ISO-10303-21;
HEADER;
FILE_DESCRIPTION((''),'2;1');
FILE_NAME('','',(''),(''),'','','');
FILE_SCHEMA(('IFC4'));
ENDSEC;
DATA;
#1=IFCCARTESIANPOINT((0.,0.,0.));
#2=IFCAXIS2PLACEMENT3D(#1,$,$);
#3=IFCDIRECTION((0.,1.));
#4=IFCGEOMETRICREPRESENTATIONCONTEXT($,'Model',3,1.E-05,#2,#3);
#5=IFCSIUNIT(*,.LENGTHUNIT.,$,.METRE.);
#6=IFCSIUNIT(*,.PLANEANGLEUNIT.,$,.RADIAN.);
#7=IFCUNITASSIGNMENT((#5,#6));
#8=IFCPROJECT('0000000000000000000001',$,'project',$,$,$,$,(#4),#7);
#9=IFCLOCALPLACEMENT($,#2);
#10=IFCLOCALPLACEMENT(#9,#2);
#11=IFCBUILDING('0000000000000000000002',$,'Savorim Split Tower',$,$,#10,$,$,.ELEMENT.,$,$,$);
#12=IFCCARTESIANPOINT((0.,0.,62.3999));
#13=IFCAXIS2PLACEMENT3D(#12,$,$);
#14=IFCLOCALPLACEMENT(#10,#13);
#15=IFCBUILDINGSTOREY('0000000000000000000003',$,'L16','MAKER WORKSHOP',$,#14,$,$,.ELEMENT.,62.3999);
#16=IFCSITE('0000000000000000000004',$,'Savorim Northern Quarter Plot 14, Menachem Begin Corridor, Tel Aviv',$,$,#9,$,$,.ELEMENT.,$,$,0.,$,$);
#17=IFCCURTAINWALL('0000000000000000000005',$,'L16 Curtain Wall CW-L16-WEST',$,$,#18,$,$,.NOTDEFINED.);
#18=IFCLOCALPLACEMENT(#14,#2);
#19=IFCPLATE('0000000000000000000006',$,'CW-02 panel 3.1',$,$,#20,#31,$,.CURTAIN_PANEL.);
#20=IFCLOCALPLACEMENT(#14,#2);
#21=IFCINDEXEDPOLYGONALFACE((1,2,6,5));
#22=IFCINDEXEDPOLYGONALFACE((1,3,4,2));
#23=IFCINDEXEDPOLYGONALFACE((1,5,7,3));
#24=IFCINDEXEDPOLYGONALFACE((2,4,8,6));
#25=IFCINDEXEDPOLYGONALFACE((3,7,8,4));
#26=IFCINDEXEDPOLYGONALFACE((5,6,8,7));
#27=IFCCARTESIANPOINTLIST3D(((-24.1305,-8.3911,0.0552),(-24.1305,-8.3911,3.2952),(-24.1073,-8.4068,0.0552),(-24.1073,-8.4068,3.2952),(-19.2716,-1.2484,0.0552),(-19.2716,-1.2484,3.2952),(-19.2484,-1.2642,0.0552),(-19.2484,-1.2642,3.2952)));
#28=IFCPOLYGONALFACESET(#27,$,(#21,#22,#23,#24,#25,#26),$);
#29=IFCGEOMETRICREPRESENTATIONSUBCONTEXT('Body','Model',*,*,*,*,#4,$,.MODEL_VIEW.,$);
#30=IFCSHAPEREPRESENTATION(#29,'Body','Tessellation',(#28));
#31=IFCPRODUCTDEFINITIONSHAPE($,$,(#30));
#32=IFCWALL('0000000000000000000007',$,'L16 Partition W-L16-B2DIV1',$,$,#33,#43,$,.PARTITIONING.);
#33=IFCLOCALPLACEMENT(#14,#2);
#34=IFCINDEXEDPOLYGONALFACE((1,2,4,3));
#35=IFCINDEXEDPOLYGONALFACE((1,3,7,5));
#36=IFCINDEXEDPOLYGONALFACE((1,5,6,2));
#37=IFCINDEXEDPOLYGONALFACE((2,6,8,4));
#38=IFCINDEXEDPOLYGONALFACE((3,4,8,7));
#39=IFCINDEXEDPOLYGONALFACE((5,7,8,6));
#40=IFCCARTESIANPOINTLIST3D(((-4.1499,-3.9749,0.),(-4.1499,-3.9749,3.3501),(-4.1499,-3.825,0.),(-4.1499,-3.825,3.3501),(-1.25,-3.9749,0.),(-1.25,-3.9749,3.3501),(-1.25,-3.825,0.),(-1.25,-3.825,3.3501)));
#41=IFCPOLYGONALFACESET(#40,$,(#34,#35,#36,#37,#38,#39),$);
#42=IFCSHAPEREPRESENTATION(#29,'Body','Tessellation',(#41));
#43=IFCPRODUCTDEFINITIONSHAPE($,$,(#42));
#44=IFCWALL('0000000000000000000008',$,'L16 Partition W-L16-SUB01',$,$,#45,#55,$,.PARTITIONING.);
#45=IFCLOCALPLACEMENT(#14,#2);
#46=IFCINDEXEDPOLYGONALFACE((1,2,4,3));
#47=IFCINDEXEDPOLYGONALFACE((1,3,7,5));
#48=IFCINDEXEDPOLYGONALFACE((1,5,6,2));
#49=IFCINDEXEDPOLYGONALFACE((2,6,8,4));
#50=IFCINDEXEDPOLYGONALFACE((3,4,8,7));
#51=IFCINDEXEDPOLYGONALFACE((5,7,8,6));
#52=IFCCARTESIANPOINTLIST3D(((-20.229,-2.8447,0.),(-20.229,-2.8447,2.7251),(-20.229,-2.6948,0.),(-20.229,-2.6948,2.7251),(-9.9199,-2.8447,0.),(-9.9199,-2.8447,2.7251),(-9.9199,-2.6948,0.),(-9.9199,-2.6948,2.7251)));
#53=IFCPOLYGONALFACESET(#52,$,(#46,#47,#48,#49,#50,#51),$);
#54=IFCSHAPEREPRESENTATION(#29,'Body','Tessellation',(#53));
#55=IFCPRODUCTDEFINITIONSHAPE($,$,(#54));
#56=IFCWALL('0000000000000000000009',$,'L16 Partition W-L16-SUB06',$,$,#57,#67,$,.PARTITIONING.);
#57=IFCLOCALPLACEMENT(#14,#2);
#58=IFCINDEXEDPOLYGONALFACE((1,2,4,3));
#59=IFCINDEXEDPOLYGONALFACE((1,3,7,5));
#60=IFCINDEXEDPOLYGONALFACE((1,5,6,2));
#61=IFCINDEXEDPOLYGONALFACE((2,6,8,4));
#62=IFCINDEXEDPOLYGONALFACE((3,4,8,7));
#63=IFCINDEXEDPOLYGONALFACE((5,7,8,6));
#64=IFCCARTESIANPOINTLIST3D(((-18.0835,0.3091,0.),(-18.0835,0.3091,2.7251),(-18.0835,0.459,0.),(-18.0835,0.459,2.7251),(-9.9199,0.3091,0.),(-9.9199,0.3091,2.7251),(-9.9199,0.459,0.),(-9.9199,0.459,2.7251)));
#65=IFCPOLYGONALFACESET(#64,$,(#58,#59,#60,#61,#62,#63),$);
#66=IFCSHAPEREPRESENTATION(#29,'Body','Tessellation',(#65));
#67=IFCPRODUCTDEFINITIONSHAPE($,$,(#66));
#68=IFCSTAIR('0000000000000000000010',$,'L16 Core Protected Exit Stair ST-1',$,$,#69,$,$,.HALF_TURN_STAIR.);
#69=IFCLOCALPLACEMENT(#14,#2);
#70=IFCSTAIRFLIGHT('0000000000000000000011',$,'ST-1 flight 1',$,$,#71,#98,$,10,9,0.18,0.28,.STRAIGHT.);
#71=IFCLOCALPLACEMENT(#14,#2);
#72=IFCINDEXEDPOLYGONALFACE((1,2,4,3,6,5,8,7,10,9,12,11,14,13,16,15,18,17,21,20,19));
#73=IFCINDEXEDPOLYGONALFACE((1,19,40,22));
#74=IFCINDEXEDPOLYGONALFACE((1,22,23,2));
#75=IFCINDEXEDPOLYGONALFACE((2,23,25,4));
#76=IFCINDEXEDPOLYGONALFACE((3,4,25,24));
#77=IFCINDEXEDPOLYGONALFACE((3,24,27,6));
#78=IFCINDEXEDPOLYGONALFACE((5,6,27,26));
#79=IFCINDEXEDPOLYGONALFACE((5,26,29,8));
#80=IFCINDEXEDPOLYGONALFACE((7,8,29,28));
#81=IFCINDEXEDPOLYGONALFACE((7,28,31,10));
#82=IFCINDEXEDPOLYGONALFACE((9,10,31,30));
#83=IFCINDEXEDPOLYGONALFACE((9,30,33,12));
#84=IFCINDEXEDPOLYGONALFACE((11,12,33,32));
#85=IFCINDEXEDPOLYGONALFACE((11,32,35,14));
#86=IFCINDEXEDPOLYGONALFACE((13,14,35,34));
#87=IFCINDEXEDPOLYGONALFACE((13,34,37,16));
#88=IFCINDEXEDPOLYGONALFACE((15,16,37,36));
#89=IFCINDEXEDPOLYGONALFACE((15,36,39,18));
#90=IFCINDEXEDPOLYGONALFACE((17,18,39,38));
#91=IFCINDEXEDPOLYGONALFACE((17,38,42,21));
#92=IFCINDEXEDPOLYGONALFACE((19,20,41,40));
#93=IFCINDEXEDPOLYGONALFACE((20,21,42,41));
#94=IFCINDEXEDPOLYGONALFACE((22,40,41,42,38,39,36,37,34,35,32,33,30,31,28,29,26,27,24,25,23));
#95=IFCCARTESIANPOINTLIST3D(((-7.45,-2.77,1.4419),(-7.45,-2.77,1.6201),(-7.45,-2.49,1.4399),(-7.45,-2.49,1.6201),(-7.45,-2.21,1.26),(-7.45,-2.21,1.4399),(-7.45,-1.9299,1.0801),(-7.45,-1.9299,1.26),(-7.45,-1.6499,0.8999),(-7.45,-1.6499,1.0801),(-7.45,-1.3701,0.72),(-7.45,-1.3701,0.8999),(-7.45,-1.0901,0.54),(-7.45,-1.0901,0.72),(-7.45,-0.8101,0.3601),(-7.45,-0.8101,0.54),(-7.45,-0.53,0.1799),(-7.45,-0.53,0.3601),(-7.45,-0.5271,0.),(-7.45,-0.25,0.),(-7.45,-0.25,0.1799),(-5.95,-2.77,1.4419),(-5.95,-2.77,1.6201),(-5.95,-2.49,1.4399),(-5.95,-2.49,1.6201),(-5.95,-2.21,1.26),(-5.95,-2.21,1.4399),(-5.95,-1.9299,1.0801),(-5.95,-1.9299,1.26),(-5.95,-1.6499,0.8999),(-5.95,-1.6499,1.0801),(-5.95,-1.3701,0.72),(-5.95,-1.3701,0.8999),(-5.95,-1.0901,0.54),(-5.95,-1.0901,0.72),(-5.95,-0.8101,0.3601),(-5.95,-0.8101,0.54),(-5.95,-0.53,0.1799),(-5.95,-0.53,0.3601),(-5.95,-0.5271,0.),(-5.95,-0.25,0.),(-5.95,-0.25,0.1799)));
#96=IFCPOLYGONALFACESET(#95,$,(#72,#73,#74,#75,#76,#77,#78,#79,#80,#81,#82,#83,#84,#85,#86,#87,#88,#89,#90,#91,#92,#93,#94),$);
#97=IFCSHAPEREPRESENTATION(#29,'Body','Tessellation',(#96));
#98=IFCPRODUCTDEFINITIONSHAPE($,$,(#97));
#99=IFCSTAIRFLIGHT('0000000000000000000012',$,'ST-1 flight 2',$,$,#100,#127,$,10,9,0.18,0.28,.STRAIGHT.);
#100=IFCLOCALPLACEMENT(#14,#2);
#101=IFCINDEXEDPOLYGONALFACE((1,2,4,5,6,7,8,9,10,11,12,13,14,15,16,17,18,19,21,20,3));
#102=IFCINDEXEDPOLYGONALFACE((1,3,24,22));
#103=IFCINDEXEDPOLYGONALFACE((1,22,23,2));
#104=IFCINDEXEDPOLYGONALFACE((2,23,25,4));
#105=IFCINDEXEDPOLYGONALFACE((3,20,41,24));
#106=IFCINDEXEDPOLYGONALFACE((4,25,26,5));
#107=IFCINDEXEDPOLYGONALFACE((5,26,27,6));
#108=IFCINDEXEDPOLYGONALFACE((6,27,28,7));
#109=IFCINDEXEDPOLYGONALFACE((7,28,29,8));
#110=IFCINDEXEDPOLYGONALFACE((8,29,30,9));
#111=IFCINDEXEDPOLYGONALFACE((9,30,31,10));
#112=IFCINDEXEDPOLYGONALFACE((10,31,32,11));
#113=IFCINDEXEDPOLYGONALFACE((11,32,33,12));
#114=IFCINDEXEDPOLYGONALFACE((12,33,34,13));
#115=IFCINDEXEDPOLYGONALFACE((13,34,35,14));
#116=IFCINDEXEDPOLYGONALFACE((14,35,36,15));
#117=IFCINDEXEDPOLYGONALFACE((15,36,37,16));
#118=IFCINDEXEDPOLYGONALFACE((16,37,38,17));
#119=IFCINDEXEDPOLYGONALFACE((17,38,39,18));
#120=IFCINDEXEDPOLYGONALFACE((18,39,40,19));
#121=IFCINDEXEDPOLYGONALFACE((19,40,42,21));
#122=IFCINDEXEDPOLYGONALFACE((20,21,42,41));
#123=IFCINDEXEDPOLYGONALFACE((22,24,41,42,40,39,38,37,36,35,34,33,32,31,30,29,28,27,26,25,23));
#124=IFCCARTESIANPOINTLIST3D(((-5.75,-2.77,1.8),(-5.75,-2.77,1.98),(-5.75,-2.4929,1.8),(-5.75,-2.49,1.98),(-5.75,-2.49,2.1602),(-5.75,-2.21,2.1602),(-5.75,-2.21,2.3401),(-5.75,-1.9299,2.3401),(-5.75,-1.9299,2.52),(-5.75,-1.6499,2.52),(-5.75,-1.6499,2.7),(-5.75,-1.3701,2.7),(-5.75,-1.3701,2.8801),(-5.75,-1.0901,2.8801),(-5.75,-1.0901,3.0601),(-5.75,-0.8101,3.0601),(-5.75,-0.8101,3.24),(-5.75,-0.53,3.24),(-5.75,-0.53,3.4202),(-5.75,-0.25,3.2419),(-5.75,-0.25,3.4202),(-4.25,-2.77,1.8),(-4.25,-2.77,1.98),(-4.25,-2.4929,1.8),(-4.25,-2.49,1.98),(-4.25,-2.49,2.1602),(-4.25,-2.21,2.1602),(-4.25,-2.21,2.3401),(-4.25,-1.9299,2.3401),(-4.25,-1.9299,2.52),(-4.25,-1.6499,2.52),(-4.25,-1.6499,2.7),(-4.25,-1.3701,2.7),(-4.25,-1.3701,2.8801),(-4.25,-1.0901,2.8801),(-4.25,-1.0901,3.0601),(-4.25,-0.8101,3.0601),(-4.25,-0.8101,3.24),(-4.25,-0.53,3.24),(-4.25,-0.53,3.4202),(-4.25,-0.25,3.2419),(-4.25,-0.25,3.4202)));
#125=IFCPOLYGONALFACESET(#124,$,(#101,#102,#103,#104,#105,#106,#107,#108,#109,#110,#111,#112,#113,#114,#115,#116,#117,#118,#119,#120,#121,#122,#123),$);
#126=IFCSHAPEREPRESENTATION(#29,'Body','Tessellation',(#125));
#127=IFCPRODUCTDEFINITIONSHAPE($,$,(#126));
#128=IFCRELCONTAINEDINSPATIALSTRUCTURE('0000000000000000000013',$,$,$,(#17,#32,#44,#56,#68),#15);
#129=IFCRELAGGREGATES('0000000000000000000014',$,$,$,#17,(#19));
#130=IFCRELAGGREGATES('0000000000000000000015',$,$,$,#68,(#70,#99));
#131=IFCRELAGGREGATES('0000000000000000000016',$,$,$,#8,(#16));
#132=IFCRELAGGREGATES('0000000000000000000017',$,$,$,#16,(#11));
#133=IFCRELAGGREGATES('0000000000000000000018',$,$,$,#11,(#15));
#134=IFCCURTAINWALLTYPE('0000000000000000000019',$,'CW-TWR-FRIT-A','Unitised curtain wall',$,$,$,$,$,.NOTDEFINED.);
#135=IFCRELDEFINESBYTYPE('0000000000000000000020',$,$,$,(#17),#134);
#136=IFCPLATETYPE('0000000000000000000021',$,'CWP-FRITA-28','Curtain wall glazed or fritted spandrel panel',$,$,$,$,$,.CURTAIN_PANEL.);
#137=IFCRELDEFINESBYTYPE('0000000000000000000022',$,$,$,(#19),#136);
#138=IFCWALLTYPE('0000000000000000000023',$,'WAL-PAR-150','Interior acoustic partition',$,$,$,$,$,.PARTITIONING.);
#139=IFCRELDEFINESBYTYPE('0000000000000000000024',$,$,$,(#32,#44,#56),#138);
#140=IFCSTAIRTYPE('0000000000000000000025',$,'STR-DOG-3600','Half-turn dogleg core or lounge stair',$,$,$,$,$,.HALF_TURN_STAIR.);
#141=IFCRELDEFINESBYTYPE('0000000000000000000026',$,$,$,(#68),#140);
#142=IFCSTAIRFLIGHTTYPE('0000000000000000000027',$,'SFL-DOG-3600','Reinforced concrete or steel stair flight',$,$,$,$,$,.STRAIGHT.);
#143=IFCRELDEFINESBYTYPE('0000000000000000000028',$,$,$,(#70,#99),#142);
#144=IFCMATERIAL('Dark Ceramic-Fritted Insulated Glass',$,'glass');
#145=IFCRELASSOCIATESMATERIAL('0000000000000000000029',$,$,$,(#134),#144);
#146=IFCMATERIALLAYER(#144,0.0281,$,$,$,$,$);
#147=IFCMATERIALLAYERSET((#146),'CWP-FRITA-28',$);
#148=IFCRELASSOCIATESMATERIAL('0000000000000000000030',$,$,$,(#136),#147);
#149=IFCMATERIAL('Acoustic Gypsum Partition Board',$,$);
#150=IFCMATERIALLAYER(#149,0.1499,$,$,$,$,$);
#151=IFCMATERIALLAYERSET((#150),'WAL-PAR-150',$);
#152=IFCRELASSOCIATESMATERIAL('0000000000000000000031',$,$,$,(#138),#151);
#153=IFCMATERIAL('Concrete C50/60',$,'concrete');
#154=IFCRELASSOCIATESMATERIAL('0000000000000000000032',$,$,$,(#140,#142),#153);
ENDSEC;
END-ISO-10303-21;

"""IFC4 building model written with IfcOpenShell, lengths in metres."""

from ifc_helpers import new_model, si_unit, direction, frame, frame_2d, origin, origin_2d, place, context, subcontext, project, spatial, polyline, rectangle, outline, extrude, material, layer, layer_set, type_object, element, aggregate, save


model = new_model("IFC4")

# Units and contexts
model_context = context("Model", 3, precision=1e-05, world=origin(), true_north=direction((0.0, 1.0)))
body_context = subcontext(model_context, "Body", "Model", "MODEL_VIEW")
ifc_project = project(units=[si_unit("LENGTHUNIT", "METRE"), si_unit("PLANEANGLEUNIT", "RADIAN")], contexts=[model_context])

# Site, building, storey
site_placement = place(None, origin())
site = spatial("IfcSite", under=ifc_project, at=site_placement, Name="Savorim Northern Quarter Plot 14, Menachem Begin Corridor, Tel Aviv", CompositionType="ELEMENT", RefElevation=0.0)
building_placement = place(site_placement, origin())
building = spatial("IfcBuilding", under=site, at=building_placement, Name="Savorim Split Tower", CompositionType="ELEMENT")
storey_placement = place(building_placement, frame((0.0, 0.0, 62.3999)))
storey = spatial("IfcBuildingStorey", under=building, at=storey_placement, Name="L16", Description="MAKER WORKSHOP", CompositionType="ELEMENT", Elevation=62.3999)

# Curtain wall, plate
ifc_material_1 = material(Name="Dark Ceramic-Fritted Insulated Glass", Category="glass")
curtain_wall_type = type_object("IfcCurtainWallType", Name="CW-TWR-FRIT-A", Description="Unitised curtain wall", PredefinedType="NOTDEFINED", material=ifc_material_1)
curtain_wall_placement = place(storey_placement, origin())
curtain_wall = element("IfcCurtainWall", 1, at=curtain_wall_placement, inside=storey, type_object=curtain_wall_type, Name="L16 Curtain Wall CW-L16-WEST", PredefinedType="NOTDEFINED")
ifc_layer_1 = layer(ifc_material_1, 0.0281)
ifc_layer_set_1 = layer_set([ifc_layer_1], Name="CWP-FRITA-28")
plate_type = type_object("IfcPlateType", Name="CWP-FRITA-28", Description="Curtain wall glazed or fritted spandrel panel", PredefinedType="CURTAIN_PANEL", material=ifc_layer_set_1)
plate_placement = place(storey_placement, frame((-21.6895, -4.8276, 0.0552), z_axis=(0.0, 0.0, 1.0), x_axis=(-0.562466, -0.82682, 0.0)))
plate = element("IfcPlate", 2, at=plate_placement, type_object=plate_type, Name="CW-02 panel 3.1", PredefinedType="CURTAIN_PANEL", context=body_context, shape_type="SweptSolid", body=[
    extrude(rectangle(XDim=8.6387, YDim=0.0281, at=origin_2d()), origin(), (0.0, 0.0, 1.0), 3.24),
])
aggregate(curtain_wall, [plate])

# Shared definitions
ifc_material_2 = material(Name="Concrete C50/60", Category="concrete")

# Walls
ifc_material_3 = material(Name="Acoustic Gypsum Partition Board")
ifc_layer_2 = layer(ifc_material_3, 0.1499)
ifc_layer_set_2 = layer_set([ifc_layer_2], Name="WAL-PAR-150")
wall_type_1 = type_object("IfcWallType", Name="WAL-PAR-150", Description="Interior acoustic partition", PredefinedType="PARTITIONING", material=ifc_layer_set_2)
wall_1_placement = place(storey_placement, frame((-4.1499, -3.8999, 0.0), z_axis=(0.0, 0.0, 1.0), x_axis=(1.0, 0.0, 0.0)))
element("IfcWall", 3, at=wall_1_placement, inside=storey, type_object=wall_type_1, Name="L16 Partition W-L16-B2DIV1", PredefinedType="PARTITIONING", context=body_context, shape_type="SweptSolid", body=[
    extrude(rectangle(XDim=2.8999, YDim=0.1499, at=frame_2d((1.45, 0.0))), origin(), (0.0, 0.0, 1.0), 3.3501),
])
wall_2_placement = place(storey_placement, frame((-9.9199, -2.7698, 0.0), z_axis=(0.0, 0.0, 1.0), x_axis=(-1.0, 0.0, 0.0)))
element("IfcWall", 4, at=wall_2_placement, inside=storey, type_object=wall_type_1, Name="L16 Partition W-L16-SUB01", PredefinedType="PARTITIONING", context=body_context, shape_type="SweptSolid", body=[
    extrude(rectangle(XDim=10.3091, YDim=0.1499, at=frame_2d((5.1545, 0.0))), origin(), (0.0, 0.0, 1.0), 2.7251),
])
wall_3_placement = place(storey_placement, frame((-9.9199, 0.384, 0.0), z_axis=(0.0, 0.0, 1.0), x_axis=(-1.0, 0.0, 0.0)))
element("IfcWall", 5, at=wall_3_placement, inside=storey, type_object=wall_type_1, Name="L16 Partition W-L16-SUB06", PredefinedType="PARTITIONING", context=body_context, shape_type="SweptSolid", body=[
    extrude(rectangle(XDim=8.1636, YDim=0.1499, at=frame_2d((4.0818, 0.0))), origin(), (0.0, 0.0, 1.0), 2.7251),
])

# Stair, stair flights
stair_type = type_object("IfcStairType", Name="STR-DOG-3600", Description="Half-turn dogleg core or lounge stair", PredefinedType="HALF_TURN_STAIR", material=ifc_material_2)
stair_placement = place(storey_placement, origin())
stair = element("IfcStair", 6, at=stair_placement, inside=storey, type_object=stair_type, Name="L16 Core Protected Exit Stair ST-1", PredefinedType="HALF_TURN_STAIR")
stair_flight_type = type_object("IfcStairFlightType", Name="SFL-DOG-3600", Description="Reinforced concrete or steel stair flight", PredefinedType="STRAIGHT", material=ifc_material_2)
stair_flight_1_placement = place(storey_placement, frame((-6.7, -0.25, 0.0), z_axis=(0.0, 0.0, 1.0), x_axis=(0.0, -1.0, 0.0)))
stair_flight_1 = element("IfcStairFlight", 7, at=stair_flight_1_placement, type_object=stair_flight_type, Name="ST-1 flight 1", NumberOfRisers=10, NumberOfTreads=9, PredefinedType="STRAIGHT", RiserHeight=0.18, TreadLength=0.28, context=body_context, shape_type="SweptSolid", body=[
    extrude(outline(polyline([(0.0, 0.0), (0.0, 0.1799), (0.28, 0.1799), (0.28, 0.3601), (0.5601, 0.3601), (0.5601, 0.54), (0.8401, 0.54), (0.8401, 0.72), (1.1201, 0.72), (1.1201, 0.8999), (1.3999, 0.8999), (1.3999, 1.0801), (1.6799, 1.0801), (1.6799, 1.26), (1.96, 1.26), (1.96, 1.4399), (2.24, 1.4399), (2.24, 1.6201), (2.52, 1.6201), (2.52, 1.8), (2.52, 1.4419), (0.2771, 0.0), (0.0, 0.0)])), frame((0.0, 0.75, 0.0), z_axis=(0.0, -1.0, 0.0), x_axis=(1.0, 0.0, 0.0)), (0.0, 0.0, 1.0), 1.5),
])
stair_flight_2_placement = place(storey_placement, frame((-5.0, -2.77, 1.8), z_axis=(0.0, 0.0, 1.0), x_axis=(0.0, 1.0, 0.0)))
stair_flight_2 = element("IfcStairFlight", 8, at=stair_flight_2_placement, type_object=stair_flight_type, Name="ST-1 flight 2", NumberOfRisers=10, NumberOfTreads=9, PredefinedType="STRAIGHT", RiserHeight=0.18, TreadLength=0.28, context=body_context, shape_type="SweptSolid", body=[
    extrude(outline(polyline([(0.0, 0.0), (0.0, 0.1799), (0.28, 0.1799), (0.28, 0.3601), (0.5601, 0.3601), (0.5601, 0.54), (0.8401, 0.54), (0.8401, 0.72), (1.1201, 0.72), (1.1201, 0.8999), (1.3999, 0.8999), (1.3999, 1.0801), (1.6799, 1.0801), (1.6799, 1.26), (1.96, 1.26), (1.96, 1.4399), (2.24, 1.4399), (2.24, 1.6201), (2.52, 1.6201), (2.52, 1.8), (2.52, 1.4419), (0.2771, 0.0), (0.0, 0.0)])), frame((0.0, 0.75, 0.0), z_axis=(0.0, -1.0, 0.0), x_axis=(1.0, 0.0, 0.0)), (0.0, 0.0, 1.0), 1.5),
])
aggregate(stair, [stair_flight_1, stair_flight_2])

save(model, "model.ifc")
